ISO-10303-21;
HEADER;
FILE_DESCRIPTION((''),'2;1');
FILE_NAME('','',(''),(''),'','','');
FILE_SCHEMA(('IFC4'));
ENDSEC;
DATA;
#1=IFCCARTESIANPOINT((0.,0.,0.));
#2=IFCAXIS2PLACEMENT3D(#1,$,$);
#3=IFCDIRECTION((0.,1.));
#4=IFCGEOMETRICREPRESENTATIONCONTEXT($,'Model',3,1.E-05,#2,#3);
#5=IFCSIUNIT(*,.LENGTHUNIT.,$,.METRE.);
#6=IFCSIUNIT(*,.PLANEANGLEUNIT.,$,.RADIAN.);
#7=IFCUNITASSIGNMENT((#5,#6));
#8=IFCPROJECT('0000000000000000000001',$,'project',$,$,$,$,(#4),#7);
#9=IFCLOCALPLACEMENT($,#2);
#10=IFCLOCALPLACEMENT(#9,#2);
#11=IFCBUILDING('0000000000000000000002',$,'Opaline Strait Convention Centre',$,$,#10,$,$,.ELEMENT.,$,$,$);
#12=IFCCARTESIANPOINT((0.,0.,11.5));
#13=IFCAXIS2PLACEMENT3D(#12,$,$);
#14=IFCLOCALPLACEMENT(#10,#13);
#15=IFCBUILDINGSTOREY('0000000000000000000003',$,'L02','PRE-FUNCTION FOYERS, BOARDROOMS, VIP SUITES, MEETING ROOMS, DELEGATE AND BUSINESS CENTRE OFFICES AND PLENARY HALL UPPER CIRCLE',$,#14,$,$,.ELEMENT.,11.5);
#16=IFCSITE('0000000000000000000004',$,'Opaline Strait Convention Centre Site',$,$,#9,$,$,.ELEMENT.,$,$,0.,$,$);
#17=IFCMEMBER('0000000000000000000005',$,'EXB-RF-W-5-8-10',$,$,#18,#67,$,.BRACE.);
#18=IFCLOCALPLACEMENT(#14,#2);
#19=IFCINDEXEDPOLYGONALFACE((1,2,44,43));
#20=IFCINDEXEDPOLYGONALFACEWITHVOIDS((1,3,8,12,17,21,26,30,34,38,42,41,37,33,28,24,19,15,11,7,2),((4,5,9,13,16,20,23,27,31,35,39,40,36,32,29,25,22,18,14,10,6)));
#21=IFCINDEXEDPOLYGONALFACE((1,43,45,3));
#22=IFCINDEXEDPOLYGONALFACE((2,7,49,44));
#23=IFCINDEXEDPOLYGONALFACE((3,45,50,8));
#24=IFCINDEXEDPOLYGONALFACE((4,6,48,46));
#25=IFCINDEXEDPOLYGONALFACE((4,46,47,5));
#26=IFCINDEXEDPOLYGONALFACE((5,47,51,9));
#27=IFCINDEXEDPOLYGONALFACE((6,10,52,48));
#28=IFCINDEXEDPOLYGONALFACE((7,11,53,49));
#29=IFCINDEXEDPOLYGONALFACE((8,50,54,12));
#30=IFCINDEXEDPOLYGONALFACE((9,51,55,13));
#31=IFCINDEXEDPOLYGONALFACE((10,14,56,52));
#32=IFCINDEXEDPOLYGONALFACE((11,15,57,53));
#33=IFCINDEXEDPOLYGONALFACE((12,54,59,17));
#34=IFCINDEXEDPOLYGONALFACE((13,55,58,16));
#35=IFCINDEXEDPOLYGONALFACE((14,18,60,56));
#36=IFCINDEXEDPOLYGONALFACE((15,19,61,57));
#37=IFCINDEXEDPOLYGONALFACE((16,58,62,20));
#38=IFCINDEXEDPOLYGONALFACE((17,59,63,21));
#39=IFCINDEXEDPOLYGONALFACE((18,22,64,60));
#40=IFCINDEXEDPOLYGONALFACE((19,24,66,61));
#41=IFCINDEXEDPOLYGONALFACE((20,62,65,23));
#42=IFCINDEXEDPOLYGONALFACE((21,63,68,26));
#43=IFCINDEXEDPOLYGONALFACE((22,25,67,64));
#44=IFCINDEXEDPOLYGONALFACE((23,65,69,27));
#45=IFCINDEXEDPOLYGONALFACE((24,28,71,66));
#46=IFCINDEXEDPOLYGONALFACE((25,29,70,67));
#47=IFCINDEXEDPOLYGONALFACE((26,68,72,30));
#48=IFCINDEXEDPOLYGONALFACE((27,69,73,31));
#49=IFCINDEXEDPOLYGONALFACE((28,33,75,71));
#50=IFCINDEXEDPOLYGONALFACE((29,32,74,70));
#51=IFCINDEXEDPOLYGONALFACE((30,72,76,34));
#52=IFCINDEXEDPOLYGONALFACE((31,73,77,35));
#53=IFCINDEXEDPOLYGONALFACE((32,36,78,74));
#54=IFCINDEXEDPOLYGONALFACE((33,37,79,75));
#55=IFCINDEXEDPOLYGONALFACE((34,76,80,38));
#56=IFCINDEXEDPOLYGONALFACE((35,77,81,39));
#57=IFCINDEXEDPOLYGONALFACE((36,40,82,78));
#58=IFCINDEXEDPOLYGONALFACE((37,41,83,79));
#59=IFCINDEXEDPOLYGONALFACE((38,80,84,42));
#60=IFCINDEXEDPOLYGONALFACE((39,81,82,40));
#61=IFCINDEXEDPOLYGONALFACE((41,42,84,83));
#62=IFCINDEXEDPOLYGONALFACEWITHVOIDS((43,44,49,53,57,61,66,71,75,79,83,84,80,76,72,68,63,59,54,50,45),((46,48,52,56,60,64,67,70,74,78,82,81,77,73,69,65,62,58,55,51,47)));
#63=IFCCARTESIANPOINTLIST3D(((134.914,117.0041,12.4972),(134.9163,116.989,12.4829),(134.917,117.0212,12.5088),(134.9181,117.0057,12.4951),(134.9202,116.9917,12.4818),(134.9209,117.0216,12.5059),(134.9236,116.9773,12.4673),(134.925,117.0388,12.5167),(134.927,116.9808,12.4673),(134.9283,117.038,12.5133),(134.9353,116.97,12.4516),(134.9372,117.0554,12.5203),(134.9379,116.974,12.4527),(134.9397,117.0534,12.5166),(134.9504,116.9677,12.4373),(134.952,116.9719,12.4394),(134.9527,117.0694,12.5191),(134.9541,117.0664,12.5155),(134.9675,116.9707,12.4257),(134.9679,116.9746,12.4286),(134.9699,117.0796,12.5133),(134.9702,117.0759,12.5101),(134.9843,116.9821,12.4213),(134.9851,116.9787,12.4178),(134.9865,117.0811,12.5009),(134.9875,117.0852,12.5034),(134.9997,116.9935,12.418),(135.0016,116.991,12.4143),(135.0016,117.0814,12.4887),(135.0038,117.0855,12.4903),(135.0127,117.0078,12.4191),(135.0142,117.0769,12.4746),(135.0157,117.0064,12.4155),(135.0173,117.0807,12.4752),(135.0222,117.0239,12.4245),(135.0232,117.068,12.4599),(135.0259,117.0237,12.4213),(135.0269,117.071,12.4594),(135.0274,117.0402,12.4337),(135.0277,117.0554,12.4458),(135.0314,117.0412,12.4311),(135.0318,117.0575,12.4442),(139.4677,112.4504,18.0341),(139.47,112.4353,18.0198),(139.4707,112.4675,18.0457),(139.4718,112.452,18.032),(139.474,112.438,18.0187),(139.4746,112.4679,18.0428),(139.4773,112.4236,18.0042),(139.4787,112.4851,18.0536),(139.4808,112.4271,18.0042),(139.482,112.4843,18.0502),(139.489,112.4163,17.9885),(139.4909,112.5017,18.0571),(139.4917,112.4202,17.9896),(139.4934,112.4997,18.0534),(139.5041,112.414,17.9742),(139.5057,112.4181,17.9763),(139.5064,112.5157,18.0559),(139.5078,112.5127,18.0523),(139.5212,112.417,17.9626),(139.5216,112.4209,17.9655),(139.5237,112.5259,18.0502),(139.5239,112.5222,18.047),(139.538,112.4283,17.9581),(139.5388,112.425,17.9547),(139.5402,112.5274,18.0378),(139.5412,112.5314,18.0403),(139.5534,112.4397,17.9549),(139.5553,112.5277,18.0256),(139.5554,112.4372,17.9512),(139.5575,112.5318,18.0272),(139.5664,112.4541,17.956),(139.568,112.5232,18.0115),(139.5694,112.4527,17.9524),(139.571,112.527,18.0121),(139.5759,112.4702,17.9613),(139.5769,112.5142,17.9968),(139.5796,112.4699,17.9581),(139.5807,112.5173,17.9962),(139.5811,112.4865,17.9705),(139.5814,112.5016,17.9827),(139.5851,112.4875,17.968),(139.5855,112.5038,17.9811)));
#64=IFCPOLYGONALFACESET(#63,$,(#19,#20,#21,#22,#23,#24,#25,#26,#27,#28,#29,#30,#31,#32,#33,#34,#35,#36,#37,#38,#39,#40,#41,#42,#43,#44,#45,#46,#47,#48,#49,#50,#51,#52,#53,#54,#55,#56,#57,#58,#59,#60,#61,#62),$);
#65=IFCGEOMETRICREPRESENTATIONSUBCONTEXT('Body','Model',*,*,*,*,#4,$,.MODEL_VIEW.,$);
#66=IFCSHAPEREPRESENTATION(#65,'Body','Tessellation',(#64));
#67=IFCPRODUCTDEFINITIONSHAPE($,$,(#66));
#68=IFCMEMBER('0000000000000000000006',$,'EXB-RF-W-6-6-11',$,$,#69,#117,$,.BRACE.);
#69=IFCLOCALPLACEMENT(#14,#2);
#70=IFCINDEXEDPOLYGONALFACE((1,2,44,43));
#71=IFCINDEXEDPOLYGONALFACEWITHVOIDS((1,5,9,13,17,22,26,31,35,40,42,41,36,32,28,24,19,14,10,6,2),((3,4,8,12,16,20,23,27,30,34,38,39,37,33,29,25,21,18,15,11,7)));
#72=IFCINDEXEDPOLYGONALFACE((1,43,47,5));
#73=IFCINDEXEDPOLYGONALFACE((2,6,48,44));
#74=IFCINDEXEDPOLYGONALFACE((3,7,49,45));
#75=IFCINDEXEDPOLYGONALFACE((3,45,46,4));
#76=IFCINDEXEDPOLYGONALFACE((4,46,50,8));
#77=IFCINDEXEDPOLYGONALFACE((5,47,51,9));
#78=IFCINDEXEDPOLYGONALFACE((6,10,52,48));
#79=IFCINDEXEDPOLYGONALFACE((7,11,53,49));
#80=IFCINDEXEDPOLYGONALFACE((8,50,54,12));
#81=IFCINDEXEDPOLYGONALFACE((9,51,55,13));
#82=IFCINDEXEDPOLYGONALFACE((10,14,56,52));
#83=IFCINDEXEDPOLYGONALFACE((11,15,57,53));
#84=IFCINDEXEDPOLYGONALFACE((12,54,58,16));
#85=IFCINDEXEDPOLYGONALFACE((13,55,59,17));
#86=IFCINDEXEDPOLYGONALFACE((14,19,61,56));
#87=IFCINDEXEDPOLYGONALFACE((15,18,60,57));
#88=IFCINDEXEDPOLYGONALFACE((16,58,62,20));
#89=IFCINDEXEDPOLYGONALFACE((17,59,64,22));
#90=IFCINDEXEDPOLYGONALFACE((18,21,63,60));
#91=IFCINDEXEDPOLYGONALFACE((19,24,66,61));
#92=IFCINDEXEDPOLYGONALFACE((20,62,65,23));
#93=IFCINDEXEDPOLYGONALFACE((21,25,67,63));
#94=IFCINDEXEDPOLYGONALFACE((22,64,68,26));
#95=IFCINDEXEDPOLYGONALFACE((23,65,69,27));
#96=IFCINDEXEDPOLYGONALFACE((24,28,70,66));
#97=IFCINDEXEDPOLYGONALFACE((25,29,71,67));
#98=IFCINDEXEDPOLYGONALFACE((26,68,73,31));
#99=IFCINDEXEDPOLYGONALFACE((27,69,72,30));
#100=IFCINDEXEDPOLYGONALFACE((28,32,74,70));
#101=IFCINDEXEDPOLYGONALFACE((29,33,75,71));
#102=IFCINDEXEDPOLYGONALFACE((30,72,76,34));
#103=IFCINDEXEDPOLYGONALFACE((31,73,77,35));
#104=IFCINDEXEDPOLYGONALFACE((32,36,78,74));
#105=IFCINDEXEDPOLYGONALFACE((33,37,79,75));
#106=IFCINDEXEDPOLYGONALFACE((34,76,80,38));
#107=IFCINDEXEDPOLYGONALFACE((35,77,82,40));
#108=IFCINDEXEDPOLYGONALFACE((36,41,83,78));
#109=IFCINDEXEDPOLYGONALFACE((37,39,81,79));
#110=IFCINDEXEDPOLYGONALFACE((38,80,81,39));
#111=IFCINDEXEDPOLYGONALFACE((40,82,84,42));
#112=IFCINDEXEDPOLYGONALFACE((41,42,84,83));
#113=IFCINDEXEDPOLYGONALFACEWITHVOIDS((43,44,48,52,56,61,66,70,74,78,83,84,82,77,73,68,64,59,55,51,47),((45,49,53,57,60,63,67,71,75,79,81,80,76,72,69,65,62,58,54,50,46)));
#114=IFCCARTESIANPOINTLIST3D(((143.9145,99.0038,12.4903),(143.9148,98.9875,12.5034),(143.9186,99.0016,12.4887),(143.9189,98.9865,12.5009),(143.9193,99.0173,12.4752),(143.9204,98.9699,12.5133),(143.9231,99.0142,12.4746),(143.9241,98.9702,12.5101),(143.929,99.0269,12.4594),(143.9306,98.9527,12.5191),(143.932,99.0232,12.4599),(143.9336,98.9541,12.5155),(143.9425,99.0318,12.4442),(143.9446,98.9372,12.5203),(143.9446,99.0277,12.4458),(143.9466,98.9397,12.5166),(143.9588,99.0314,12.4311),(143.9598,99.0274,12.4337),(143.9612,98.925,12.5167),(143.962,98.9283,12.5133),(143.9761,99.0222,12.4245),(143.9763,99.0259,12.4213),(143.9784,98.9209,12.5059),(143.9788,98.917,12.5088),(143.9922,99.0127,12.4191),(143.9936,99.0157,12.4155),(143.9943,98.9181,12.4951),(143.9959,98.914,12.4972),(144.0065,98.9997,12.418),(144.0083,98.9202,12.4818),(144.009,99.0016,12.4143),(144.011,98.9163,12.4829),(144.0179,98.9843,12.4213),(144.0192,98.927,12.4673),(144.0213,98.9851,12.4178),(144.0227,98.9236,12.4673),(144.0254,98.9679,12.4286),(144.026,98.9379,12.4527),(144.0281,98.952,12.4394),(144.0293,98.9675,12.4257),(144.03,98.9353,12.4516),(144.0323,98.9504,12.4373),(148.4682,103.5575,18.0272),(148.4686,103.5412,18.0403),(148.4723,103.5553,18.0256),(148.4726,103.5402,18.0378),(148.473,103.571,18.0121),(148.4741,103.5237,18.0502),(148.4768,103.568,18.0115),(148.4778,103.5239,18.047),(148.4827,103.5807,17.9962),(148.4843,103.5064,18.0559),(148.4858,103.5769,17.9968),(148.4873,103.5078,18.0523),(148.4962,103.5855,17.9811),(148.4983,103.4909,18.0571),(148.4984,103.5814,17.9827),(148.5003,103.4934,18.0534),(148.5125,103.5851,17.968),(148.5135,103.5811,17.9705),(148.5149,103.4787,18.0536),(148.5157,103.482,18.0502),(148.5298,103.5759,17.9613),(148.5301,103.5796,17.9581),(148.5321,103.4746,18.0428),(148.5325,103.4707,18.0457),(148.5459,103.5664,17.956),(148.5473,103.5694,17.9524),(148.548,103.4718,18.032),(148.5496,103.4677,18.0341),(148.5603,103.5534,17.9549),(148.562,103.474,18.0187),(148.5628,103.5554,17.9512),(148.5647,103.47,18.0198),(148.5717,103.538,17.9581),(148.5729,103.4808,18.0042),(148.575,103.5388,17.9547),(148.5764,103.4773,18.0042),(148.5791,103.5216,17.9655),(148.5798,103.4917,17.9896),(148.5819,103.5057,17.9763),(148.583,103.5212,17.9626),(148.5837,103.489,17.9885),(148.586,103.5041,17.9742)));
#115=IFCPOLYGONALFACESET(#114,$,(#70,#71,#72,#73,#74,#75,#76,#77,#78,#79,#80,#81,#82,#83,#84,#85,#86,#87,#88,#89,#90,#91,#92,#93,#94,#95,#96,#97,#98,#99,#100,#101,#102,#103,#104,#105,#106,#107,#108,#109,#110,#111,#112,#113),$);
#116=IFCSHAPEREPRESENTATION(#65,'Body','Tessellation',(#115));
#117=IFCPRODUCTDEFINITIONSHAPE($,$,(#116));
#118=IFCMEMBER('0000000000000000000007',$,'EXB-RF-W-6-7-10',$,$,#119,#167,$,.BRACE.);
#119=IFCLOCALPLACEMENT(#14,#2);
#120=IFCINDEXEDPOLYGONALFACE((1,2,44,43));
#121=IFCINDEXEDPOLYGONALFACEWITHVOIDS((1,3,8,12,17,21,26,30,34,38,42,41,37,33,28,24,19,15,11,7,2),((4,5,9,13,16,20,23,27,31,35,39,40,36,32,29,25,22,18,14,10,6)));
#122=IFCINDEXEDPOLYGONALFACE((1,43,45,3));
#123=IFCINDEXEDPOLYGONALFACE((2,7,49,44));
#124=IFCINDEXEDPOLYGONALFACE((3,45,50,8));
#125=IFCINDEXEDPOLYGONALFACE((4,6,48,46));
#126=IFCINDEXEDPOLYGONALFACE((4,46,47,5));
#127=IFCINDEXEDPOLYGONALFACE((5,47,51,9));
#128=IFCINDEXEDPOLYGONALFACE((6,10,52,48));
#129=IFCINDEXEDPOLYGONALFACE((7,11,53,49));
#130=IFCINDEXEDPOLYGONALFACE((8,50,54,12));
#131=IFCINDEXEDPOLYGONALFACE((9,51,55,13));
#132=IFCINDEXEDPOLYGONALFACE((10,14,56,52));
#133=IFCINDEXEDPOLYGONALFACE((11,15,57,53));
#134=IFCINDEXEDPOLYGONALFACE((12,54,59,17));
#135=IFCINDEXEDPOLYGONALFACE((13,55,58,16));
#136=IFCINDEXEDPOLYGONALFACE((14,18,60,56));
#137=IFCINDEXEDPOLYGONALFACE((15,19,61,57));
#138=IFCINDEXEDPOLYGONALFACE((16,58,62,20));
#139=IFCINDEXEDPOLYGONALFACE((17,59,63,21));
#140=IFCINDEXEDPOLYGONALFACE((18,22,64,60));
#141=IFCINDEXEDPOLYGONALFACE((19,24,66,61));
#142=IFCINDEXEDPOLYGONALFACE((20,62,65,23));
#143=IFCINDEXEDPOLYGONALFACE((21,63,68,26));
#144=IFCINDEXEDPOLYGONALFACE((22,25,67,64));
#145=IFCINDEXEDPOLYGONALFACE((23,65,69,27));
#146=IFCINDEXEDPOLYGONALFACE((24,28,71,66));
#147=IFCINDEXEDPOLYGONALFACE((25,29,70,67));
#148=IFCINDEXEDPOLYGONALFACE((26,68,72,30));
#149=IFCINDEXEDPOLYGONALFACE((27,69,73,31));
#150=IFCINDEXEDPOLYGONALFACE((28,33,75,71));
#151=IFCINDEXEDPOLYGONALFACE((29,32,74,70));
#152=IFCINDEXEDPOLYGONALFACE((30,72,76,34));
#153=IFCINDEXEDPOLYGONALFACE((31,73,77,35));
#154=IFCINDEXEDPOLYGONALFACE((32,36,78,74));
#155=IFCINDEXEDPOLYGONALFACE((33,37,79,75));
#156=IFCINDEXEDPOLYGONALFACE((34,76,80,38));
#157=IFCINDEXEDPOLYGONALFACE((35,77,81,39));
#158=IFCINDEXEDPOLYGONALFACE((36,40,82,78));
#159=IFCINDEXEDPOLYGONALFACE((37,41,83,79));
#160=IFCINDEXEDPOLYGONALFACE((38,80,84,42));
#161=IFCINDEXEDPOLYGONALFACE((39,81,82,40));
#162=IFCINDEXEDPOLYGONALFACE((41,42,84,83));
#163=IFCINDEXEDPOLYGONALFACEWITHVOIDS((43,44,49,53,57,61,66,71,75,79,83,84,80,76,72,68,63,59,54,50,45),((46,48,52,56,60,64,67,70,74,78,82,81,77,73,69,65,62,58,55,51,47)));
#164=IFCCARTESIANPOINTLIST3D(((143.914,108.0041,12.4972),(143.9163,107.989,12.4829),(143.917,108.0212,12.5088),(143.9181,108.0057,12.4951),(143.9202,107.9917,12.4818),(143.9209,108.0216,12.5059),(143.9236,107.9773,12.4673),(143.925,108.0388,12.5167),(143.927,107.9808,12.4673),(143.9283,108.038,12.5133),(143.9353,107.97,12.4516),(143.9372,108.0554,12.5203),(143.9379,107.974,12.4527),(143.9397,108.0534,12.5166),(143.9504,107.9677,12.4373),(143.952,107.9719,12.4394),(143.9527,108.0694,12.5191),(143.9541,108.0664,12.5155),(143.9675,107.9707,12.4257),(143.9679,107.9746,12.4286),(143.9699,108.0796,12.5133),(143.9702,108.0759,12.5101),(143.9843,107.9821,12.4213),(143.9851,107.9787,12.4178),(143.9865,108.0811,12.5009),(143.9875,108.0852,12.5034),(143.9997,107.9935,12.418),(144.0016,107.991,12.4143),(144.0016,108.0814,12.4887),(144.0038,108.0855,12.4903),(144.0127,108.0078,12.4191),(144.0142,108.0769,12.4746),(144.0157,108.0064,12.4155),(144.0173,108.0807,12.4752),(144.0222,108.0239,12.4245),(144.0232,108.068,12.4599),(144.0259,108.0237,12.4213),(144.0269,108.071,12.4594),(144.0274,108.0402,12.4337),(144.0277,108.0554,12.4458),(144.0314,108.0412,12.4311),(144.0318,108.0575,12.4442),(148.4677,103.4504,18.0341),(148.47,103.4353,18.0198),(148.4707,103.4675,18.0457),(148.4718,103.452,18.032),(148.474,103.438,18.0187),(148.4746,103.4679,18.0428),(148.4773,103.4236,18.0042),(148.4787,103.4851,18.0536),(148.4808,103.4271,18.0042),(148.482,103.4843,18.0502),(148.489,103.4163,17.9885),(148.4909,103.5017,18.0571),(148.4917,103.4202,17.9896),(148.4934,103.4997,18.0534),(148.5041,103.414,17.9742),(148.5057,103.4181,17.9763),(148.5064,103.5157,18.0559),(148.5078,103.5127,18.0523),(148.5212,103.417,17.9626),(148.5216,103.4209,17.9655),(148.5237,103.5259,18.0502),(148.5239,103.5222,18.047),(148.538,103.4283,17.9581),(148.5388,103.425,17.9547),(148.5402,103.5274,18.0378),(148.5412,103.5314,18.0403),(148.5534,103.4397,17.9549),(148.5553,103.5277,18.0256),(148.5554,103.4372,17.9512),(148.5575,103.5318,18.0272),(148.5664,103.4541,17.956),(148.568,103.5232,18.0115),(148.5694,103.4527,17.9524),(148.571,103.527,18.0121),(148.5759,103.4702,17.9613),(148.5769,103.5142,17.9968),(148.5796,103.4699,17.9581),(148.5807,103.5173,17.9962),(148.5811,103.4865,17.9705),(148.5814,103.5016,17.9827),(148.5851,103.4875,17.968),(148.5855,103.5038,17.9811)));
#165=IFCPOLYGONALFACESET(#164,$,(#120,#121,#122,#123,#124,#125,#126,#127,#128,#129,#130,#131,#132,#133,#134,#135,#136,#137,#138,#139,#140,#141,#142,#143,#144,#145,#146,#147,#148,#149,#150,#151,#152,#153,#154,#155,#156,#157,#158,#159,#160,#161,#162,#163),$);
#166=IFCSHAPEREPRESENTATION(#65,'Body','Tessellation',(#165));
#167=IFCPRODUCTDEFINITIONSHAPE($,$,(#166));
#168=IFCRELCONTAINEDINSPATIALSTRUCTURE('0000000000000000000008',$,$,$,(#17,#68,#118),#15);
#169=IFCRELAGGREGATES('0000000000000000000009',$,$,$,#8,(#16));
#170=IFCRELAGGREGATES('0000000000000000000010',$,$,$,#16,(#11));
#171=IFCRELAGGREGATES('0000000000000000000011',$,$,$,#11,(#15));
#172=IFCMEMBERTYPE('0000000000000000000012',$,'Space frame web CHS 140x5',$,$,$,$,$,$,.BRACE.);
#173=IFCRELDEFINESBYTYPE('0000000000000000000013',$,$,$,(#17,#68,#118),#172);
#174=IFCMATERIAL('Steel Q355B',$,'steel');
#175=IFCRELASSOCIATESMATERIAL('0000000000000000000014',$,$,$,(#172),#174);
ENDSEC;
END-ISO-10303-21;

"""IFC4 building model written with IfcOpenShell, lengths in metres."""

from ifc_helpers import new_model, si_unit, direction, frame, origin, origin_2d, place, context, subcontext, project, spatial, hollow_circle, extrude, material, material_profile, profile_set, type_object, element, save


model = new_model("IFC4")

# Units and contexts
model_context = context("Model", 3, precision=1e-05, world=origin(), true_north=direction((0.0, 1.0)))
body_context = subcontext(model_context, "Body", "Model", "MODEL_VIEW")
ifc_project = project(units=[si_unit("LENGTHUNIT", "METRE"), si_unit("PLANEANGLEUNIT", "RADIAN")], contexts=[model_context])

# Site, building, storey
site_placement = place(None, origin())
site = spatial("IfcSite", under=ifc_project, at=site_placement, Name="Opaline Strait Convention Centre Site", CompositionType="ELEMENT", RefElevation=0.0)
building_placement = place(site_placement, origin())
building = spatial("IfcBuilding", under=site, at=building_placement, Name="Opaline Strait Convention Centre", CompositionType="ELEMENT")
storey_placement = place(building_placement, frame((0.0, 0.0, 11.5)))
storey = spatial("IfcBuildingStorey", under=building, at=storey_placement, Name="L02", Description="PRE-FUNCTION FOYERS, BOARDROOMS, VIP SUITES, MEETING ROOMS, DELEGATE AND BUSINESS CENTRE OFFICES AND PLENARY HALL UPPER CIRCLE", CompositionType="ELEMENT", Elevation=11.5)

# Members
ifc_material = material(Name="Steel Q355B", Category="steel")
ifc_material_profile_1 = material_profile(ifc_material, hollow_circle(Radius=0.0701, WallThickness=0.0049, at=origin_2d()), Name="CHS 140x5")
ifc_profile_set_1 = profile_set([ifc_material_profile_1], Name="Steel Q355B")
member_type_1 = type_object("IfcMemberType", Name="Space frame web CHS 140x5", PredefinedType="BRACE", material=ifc_profile_set_1)
for number, where, z_axis, x_axis, name in (
    (1, (139.5269, 112.4731, 18.0042), (-0.536178, 0.536178, -0.65194), (-0.707107, -0.707107, 0.0), "EXB-RF-W-5-8-10"),
    (2, (148.5269, 103.5269, 18.0042), (-0.536178, -0.536178, -0.65194), (0.707107, -0.707107, 0.0), "EXB-RF-W-6-6-11"),
    (3, (148.5269, 103.4731, 18.0042), (-0.536178, 0.536178, -0.65194), (-0.707107, -0.707107, 0.0), "EXB-RF-W-6-7-10"),
):
    element("IfcMember", number, at=place(storey_placement, frame(where, z_axis=z_axis, x_axis=x_axis)), inside=storey, type_object=member_type_1, Name=name, PredefinedType="BRACE", context=body_context, shape_type="SweptSolid", body=[
        extrude(hollow_circle(Radius=0.0701, WallThickness=0.0049, at=origin_2d()), origin(), (0.0, 0.0, 1.0), 8.4929),
    ])

save(model, "model.ifc")
